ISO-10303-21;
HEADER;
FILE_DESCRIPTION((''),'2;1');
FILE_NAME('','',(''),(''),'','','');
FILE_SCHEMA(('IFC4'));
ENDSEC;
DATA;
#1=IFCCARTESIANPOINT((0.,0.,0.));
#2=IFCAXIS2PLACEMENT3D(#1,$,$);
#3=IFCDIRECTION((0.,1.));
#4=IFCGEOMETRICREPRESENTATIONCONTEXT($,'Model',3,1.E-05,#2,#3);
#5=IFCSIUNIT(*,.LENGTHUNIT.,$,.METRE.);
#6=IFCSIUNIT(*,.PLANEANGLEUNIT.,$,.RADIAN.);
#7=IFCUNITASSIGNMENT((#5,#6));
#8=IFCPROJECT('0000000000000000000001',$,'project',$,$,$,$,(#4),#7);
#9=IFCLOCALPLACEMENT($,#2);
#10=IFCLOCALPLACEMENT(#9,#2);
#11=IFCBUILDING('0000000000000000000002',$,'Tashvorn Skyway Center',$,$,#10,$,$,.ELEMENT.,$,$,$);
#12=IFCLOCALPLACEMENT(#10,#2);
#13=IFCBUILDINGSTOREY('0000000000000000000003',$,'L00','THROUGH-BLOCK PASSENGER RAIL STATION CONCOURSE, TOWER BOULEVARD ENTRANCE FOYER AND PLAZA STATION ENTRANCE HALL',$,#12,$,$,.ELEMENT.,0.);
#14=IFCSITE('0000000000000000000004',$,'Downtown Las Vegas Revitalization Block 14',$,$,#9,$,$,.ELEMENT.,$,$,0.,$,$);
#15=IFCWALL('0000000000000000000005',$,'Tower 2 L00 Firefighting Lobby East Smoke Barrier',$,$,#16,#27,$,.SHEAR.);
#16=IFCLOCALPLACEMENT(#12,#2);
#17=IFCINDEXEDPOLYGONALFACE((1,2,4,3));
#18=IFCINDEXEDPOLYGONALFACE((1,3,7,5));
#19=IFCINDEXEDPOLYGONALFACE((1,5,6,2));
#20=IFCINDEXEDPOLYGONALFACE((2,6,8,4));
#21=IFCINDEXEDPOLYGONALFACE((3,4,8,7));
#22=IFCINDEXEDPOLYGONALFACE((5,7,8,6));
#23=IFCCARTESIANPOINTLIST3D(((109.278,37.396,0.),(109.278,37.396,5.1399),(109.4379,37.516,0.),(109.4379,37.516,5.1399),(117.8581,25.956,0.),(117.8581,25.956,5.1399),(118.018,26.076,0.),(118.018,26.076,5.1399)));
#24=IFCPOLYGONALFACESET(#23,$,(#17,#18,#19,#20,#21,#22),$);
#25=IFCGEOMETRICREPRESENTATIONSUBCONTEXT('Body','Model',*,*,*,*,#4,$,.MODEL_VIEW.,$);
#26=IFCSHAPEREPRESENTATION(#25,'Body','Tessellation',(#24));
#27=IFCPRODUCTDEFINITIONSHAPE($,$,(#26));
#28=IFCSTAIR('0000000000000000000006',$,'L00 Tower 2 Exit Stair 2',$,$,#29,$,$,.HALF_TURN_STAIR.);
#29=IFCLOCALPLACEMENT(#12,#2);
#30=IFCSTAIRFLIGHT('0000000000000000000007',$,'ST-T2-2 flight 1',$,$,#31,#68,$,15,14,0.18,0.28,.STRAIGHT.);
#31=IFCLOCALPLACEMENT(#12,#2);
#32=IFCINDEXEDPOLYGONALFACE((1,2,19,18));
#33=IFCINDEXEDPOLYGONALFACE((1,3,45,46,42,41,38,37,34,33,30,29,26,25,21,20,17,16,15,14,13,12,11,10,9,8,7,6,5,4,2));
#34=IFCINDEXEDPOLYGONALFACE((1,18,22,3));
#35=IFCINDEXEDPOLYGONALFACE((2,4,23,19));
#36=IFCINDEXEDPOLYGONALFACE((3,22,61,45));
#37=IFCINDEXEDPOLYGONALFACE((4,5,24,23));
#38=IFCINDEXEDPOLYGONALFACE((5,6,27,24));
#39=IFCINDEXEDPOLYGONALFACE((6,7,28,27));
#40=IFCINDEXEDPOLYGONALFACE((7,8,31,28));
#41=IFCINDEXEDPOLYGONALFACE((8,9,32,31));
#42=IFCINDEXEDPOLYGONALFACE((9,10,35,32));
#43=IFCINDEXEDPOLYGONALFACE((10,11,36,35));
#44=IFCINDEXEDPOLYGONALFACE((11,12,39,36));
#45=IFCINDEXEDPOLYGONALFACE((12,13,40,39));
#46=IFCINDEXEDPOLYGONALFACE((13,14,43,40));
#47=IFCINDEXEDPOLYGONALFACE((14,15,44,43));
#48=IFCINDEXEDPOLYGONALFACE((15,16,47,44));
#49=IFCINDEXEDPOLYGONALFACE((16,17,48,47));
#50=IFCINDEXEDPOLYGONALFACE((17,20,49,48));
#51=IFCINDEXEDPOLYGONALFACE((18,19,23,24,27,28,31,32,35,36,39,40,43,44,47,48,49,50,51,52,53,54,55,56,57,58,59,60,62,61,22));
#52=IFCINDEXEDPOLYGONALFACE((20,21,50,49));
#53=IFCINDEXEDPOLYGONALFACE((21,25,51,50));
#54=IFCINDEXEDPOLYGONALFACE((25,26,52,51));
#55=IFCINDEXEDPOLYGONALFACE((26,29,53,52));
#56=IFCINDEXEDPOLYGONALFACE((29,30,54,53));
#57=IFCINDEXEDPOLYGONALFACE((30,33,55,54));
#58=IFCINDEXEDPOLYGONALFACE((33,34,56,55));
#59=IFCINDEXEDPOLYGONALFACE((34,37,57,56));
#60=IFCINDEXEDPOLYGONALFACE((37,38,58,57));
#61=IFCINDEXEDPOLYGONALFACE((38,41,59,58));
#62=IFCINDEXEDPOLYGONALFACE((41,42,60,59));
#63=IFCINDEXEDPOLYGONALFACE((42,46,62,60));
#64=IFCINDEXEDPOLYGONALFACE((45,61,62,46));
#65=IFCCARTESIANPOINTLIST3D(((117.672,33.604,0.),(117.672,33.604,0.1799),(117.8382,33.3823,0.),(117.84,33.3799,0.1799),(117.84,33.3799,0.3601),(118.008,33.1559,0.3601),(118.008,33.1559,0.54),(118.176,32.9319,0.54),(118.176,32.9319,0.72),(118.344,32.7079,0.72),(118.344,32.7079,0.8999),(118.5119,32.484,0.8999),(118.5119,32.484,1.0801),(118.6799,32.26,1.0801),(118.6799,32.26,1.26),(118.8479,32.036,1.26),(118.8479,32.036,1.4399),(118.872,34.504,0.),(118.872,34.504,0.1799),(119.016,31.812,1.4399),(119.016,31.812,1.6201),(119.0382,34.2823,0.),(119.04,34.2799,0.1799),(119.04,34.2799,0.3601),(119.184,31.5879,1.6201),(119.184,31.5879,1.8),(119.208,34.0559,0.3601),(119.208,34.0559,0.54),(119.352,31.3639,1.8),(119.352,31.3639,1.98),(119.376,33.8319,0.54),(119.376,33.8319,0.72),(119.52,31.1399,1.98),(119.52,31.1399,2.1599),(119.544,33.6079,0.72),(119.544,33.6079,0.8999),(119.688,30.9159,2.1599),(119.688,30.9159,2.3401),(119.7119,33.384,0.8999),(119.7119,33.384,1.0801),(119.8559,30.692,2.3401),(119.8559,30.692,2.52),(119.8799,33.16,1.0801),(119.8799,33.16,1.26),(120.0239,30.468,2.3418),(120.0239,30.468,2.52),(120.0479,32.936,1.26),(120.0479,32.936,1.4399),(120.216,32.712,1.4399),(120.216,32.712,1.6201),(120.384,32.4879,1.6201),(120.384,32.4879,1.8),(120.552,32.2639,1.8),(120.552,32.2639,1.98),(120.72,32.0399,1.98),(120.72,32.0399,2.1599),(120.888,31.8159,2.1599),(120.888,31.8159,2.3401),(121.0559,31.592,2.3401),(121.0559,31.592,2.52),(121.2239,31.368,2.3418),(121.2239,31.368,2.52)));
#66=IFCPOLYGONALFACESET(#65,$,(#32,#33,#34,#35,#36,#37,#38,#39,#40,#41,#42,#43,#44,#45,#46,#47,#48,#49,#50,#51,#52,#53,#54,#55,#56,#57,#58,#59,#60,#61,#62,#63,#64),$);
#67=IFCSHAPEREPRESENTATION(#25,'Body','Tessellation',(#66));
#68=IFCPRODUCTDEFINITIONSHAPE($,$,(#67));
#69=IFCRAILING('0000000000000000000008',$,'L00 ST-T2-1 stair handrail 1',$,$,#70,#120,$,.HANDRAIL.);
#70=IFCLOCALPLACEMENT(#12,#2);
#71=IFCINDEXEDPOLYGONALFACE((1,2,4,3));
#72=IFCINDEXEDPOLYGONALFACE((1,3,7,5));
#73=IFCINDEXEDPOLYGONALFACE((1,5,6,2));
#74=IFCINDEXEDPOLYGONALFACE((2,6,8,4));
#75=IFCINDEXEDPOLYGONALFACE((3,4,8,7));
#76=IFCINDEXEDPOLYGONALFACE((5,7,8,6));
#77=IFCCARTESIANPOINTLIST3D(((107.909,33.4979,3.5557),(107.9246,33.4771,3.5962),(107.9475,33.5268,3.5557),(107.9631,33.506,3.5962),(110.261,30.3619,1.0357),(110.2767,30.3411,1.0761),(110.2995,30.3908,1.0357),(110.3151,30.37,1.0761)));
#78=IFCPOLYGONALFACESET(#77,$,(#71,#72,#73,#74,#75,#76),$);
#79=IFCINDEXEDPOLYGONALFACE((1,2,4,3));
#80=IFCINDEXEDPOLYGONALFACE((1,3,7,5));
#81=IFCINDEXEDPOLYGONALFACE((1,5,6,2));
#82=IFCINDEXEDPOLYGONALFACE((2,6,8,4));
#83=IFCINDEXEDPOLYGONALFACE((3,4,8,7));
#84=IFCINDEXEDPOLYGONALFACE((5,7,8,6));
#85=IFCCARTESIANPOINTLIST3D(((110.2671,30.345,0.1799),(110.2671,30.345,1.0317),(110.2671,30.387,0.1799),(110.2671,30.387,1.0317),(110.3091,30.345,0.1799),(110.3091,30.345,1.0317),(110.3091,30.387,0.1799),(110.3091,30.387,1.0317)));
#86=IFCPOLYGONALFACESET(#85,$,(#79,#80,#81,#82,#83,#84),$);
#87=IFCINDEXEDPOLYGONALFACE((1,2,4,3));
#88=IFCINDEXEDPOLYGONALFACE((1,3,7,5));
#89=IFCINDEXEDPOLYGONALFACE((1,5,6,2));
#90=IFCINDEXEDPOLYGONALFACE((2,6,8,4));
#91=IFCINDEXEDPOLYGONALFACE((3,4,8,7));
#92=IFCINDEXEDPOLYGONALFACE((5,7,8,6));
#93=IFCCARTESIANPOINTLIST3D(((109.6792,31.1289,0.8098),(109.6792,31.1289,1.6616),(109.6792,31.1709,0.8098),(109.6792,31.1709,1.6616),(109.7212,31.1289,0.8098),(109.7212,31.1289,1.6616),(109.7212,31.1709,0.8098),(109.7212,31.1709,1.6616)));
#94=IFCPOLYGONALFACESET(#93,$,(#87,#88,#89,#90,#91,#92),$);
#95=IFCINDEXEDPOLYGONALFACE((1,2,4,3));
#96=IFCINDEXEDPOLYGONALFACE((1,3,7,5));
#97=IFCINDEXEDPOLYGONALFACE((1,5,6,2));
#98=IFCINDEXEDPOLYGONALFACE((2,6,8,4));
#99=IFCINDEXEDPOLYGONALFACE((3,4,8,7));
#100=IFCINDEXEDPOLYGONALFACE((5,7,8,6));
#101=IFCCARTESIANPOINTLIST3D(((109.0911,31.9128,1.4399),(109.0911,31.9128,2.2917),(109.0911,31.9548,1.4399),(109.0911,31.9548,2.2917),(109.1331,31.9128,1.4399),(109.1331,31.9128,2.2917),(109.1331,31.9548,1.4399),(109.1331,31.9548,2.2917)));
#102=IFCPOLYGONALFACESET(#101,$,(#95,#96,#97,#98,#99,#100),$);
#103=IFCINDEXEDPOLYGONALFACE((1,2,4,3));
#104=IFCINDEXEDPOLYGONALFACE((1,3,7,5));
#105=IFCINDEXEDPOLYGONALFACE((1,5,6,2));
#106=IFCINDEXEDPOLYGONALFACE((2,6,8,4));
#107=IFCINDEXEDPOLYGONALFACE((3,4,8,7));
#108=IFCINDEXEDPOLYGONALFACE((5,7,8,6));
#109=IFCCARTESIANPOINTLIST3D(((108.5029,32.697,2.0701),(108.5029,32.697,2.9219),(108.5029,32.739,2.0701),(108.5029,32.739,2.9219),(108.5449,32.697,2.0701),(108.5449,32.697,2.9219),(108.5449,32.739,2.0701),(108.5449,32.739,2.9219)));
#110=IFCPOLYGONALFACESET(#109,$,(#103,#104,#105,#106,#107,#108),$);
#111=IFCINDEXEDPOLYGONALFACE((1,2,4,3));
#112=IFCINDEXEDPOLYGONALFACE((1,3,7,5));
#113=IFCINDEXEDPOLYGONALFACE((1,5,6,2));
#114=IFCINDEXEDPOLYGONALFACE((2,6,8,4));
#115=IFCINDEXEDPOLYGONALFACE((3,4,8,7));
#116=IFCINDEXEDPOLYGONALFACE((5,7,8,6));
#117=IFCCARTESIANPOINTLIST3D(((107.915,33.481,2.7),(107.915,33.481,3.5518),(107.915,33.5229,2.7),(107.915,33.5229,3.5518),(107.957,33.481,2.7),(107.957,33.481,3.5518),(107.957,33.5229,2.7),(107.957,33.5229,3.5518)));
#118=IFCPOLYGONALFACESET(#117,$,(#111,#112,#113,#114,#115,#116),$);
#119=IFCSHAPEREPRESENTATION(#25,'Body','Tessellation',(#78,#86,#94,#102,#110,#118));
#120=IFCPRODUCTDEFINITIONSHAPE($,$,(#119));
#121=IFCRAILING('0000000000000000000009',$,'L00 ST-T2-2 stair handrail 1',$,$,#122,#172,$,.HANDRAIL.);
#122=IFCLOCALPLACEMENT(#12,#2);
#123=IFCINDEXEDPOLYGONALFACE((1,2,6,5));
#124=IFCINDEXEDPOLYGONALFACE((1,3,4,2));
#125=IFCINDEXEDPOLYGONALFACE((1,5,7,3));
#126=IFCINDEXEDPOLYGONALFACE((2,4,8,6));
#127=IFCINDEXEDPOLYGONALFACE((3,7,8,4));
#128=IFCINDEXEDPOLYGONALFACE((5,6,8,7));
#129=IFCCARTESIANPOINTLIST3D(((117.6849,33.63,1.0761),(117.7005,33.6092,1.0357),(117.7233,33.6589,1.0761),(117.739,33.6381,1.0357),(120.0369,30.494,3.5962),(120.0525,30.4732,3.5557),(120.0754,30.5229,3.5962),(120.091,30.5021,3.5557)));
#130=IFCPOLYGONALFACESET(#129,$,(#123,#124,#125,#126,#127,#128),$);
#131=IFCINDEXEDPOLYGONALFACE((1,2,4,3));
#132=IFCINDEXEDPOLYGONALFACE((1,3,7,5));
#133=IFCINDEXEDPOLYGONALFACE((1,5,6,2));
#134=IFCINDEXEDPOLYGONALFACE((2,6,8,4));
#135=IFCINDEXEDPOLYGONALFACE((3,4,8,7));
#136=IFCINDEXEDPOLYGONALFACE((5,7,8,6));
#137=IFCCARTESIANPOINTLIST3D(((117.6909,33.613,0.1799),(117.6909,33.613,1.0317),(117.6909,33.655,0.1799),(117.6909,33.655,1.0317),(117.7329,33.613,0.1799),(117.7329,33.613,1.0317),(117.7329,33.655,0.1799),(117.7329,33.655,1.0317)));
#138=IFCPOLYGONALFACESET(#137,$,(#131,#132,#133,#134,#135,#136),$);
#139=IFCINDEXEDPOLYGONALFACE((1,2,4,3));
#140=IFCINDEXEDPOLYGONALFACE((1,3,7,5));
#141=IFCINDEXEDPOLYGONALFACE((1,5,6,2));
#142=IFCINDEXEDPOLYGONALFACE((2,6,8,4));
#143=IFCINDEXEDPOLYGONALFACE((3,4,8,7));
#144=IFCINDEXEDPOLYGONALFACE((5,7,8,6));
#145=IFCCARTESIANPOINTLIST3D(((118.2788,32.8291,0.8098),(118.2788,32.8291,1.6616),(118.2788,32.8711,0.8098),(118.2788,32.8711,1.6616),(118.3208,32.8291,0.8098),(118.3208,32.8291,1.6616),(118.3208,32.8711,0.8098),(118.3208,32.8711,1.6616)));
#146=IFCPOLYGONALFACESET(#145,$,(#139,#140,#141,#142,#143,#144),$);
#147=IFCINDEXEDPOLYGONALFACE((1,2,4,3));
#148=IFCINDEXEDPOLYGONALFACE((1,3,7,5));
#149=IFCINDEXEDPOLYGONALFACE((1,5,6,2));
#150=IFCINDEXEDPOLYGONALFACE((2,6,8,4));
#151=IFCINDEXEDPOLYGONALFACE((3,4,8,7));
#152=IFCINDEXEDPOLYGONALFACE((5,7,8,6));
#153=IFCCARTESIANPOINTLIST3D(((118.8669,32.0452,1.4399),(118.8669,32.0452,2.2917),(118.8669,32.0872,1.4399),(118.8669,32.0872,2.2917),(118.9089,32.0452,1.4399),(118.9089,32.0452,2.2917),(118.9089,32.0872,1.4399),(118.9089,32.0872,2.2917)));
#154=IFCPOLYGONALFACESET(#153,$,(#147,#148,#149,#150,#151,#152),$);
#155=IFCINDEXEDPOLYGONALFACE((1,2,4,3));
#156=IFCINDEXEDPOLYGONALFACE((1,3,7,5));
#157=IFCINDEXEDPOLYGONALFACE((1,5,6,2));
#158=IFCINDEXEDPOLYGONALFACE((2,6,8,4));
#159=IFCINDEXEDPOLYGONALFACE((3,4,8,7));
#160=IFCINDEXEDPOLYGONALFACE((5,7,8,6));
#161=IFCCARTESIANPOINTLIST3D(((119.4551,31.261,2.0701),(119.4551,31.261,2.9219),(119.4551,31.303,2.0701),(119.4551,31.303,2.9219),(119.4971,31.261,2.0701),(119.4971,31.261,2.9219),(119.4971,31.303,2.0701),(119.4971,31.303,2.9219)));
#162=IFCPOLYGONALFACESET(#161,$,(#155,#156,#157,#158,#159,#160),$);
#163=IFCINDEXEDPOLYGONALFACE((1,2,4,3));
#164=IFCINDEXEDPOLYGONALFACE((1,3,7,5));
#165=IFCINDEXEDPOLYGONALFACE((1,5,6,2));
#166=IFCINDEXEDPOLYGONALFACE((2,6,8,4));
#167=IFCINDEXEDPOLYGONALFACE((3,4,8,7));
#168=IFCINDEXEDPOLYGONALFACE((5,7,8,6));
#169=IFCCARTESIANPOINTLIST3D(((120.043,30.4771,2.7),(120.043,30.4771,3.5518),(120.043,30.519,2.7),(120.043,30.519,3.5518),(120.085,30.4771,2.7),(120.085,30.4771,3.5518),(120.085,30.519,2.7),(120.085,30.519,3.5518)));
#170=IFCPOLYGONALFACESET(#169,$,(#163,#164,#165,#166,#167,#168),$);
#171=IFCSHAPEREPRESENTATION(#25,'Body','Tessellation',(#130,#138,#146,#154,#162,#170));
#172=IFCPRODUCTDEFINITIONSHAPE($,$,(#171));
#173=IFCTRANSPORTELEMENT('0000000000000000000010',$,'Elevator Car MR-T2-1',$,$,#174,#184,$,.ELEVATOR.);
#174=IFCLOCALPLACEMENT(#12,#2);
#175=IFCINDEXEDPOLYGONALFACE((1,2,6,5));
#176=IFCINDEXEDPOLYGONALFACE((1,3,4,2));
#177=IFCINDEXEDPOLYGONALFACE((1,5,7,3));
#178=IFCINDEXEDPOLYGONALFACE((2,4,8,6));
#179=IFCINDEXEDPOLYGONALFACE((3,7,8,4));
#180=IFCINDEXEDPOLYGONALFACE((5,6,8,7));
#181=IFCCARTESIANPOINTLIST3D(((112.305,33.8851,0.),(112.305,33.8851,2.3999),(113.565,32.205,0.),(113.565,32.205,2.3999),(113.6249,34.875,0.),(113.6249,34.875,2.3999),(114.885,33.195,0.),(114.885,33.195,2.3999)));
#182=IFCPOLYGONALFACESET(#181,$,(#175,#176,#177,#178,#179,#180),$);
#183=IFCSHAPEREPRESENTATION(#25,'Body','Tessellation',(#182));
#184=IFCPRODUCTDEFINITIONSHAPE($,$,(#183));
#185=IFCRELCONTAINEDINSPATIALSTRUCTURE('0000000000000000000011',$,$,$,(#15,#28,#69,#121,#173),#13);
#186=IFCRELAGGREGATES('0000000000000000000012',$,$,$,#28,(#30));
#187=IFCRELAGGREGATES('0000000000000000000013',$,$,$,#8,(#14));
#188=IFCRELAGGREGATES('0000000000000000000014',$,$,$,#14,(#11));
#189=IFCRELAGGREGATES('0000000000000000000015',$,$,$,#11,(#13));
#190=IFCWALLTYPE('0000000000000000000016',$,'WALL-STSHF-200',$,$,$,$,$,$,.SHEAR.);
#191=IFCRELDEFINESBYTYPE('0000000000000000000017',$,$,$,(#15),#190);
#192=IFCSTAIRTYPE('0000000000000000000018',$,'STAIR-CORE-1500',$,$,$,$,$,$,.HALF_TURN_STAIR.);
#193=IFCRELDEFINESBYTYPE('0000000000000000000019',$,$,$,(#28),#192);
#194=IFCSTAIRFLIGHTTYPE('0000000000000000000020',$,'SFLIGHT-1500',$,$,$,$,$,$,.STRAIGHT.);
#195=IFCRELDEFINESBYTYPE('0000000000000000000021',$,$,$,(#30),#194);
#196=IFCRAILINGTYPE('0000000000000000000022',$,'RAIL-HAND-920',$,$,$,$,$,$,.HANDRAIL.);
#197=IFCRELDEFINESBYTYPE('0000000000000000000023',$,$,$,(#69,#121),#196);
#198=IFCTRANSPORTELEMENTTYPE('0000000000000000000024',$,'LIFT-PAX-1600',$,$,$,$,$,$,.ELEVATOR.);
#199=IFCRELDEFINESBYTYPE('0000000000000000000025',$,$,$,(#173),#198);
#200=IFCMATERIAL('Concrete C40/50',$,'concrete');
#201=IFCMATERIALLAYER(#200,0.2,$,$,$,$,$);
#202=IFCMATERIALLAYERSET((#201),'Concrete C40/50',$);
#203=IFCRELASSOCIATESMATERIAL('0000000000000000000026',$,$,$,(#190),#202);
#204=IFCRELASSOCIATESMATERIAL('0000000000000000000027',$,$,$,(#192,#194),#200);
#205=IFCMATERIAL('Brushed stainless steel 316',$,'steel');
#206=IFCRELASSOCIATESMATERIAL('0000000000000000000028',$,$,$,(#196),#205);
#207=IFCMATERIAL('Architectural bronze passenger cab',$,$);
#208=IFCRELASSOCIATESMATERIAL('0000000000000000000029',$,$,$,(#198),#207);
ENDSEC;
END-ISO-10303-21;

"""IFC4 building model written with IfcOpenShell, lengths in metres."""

from ifc_helpers import new_model, si_unit, direction, frame, frame_2d, origin, origin_2d, place, context, subcontext, project, spatial, polyline, rectangle, outline, extrude, material, layer, layer_set, type_object, element, aggregate, save


model = new_model("IFC4")

# Units and contexts
model_context = context("Model", 3, precision=1e-05, world=origin(), true_north=direction((0.0, 1.0)))
body_context = subcontext(model_context, "Body", "Model", "MODEL_VIEW")
ifc_project = project(units=[si_unit("LENGTHUNIT", "METRE"), si_unit("PLANEANGLEUNIT", "RADIAN")], contexts=[model_context])

# Site, building, storey
site_placement = place(None, origin())
site = spatial("IfcSite", under=ifc_project, at=site_placement, Name="Downtown Las Vegas Revitalization Block 14", CompositionType="ELEMENT", RefElevation=0.0)
building_placement = place(site_placement, origin())
building = spatial("IfcBuilding", under=site, at=building_placement, Name="Tashvorn Skyway Center", CompositionType="ELEMENT")
storey_placement = place(building_placement, origin())
storey = spatial("IfcBuildingStorey", under=building, at=storey_placement, Name="L00", Description="THROUGH-BLOCK PASSENGER RAIL STATION CONCOURSE, TOWER BOULEVARD ENTRANCE FOYER AND PLAZA STATION ENTRANCE HALL", CompositionType="ELEMENT", Elevation=0.0)

# Shared definitions
ifc_material_1 = material(Name="Concrete C40/50", Category="concrete")

# Wall
ifc_layer_1 = layer(ifc_material_1, 0.2)
ifc_layer_set_1 = layer_set([ifc_layer_1], Name="Concrete C40/50")
wall_type_1 = type_object("IfcWallType", Name="WALL-STSHF-200", PredefinedType="SHEAR", material=ifc_layer_set_1)
wall_1_placement = place(storey_placement, frame((117.938, 26.0161, 0.0), z_axis=(0.0, 0.0, 1.0), x_axis=(-0.600005, 0.799996, 0.0)))
element("IfcWall", 1, at=wall_1_placement, inside=storey, type_object=wall_type_1, Name="Tower 2 L00 Firefighting Lobby East Smoke Barrier", PredefinedType="SHEAR", context=body_context, shape_type="SweptSolid", body=[
    extrude(rectangle(XDim=14.3, YDim=0.2, at=frame_2d((7.1499, 0.0))), origin(), (0.0, 0.0, 1.0), 5.1399),
])

# Stair, stair flight
stair_type = type_object("IfcStairType", Name="STAIR-CORE-1500", PredefinedType="HALF_TURN_STAIR", material=ifc_material_1)
stair_placement = place(storey_placement, origin())
stair = element("IfcStair", 2, at=stair_placement, inside=storey, type_object=stair_type, Name="L00 Tower 2 Exit Stair 2", PredefinedType="HALF_TURN_STAIR")
stair_flight_type = type_object("IfcStairFlightType", Name="SFLIGHT-1500", PredefinedType="STRAIGHT", material=ifc_material_1)
stair_flight_placement = place(storey_placement, frame((118.272, 34.054, 0.0), z_axis=(0.0, 0.0, 1.0), x_axis=(0.6, -0.8, 0.0)))
stair_flight = element("IfcStairFlight", 3, at=stair_flight_placement, type_object=stair_flight_type, Name="ST-T2-2 flight 1", NumberOfRisers=15, NumberOfTreads=14, PredefinedType="STRAIGHT", RiserHeight=0.18, TreadLength=0.28, context=body_context, shape_type="SweptSolid", body=[
    extrude(outline(polyline([(0.0, 0.0), (0.0, 0.1799), (0.28, 0.1799), (0.28, 0.3601), (0.5601, 0.3601), (0.5601, 0.54), (0.8401, 0.54), (0.8401, 0.72), (1.1201, 0.72), (1.1201, 0.8999), (1.3999, 0.8999), (1.3999, 1.0801), (1.6799, 1.0801), (1.6799, 1.26), (1.96, 1.26), (1.96, 1.4399), (2.24, 1.4399), (2.24, 1.6201), (2.52, 1.6201), (2.52, 1.8), (2.8, 1.8), (2.8, 1.98), (3.0801, 1.98), (3.0801, 2.1599), (3.3601, 2.1599), (3.3601, 2.3401), (3.6399, 2.3401), (3.6399, 2.52), (3.9199, 2.52), (3.9199, 2.7), (3.9199, 2.3418), (0.2771, 0.0), (0.0, 0.0)])), frame((0.0, 0.75, 0.0), z_axis=(0.0, -1.0, 0.0), x_axis=(1.0, 0.0, 0.0)), (0.0, 0.0, 1.0), 1.5),
])
aggregate(stair, [stair_flight])

# Railings
ifc_material_2 = material(Name="Brushed stainless steel 316", Category="steel")
railing_type = type_object("IfcRailingType", Name="RAIL-HAND-920", PredefinedType="HANDRAIL", material=ifc_material_2)
railing_1_placement = place(storey_placement, frame((110.2881, 30.366, 0.1799)))
element("IfcRailing", 4, at=railing_1_placement, inside=storey, type_object=railing_type, Name="L00 ST-T2-1 stair handrail 1", PredefinedType="HANDRAIL", context=body_context, shape_type="SweptSolid", body=[
    extrude(rectangle(XDim=0.0481, YDim=0.0481, at=origin_2d()), frame((0.0, 0.0, 0.876), z_axis=(-0.504715, 0.672936, 0.540759), x_axis=(-0.799993, -0.60001, 0.0)), (0.0, 0.0, 1.0), 4.6602),
    extrude(rectangle(XDim=0.042, YDim=0.042, at=origin_2d()), origin(), (0.0, 0.0, 1.0), 0.8518),
    extrude(rectangle(XDim=0.042, YDim=0.042, at=origin_2d()), frame((-0.5879, 0.7839, 0.6299)), (0.0, 0.0, 1.0), 0.8518),
    extrude(rectangle(XDim=0.042, YDim=0.042, at=origin_2d()), frame((-1.176, 1.5679, 1.26)), (0.0, 0.0, 1.0), 0.8518),
    extrude(rectangle(XDim=0.042, YDim=0.042, at=origin_2d()), frame((-1.7642, 2.3521, 1.8901)), (0.0, 0.0, 1.0), 0.8518),
    extrude(rectangle(XDim=0.042, YDim=0.042, at=origin_2d()), frame((-2.3521, 3.136, 2.52)), (0.0, 0.0, 1.0), 0.8518),
])
railing_2_placement = place(storey_placement, frame((117.7119, 33.634, 0.1799)))
element("IfcRailing", 5, at=railing_2_placement, inside=storey, type_object=railing_type, Name="L00 ST-T2-2 stair handrail 1", PredefinedType="HANDRAIL", context=body_context, shape_type="SweptSolid", body=[
    extrude(rectangle(XDim=0.0481, YDim=0.0481, at=origin_2d()), frame((0.0, 0.0, 0.876), z_axis=(0.504715, -0.672936, 0.540759), x_axis=(0.799993, 0.60001, 0.0)), (0.0, 0.0, 1.0), 4.6602),
    extrude(rectangle(XDim=0.042, YDim=0.042, at=origin_2d()), origin(), (0.0, 0.0, 1.0), 0.8518),
    extrude(rectangle(XDim=0.042, YDim=0.042, at=origin_2d()), frame((0.5879, -0.7839, 0.6299)), (0.0, 0.0, 1.0), 0.8518),
    extrude(rectangle(XDim=0.042, YDim=0.042, at=origin_2d()), frame((1.176, -1.5679, 1.26)), (0.0, 0.0, 1.0), 0.8518),
    extrude(rectangle(XDim=0.042, YDim=0.042, at=origin_2d()), frame((1.7642, -2.3521, 1.8901)), (0.0, 0.0, 1.0), 0.8518),
    extrude(rectangle(XDim=0.042, YDim=0.042, at=origin_2d()), frame((2.3521, -3.136, 2.52)), (0.0, 0.0, 1.0), 0.8518),
])

# Transport element
ifc_material_3 = material(Name="Architectural bronze passenger cab")
transport_element_type = type_object("IfcTransportElementType", Name="LIFT-PAX-1600", PredefinedType="ELEVATOR", material=ifc_material_3)
transport_element_placement = place(storey_placement, frame((113.595, 33.54, 0.0), z_axis=(0.0, 0.0, 1.0), x_axis=(0.8, 0.6, 0.0)))
element("IfcTransportElement", 6, at=transport_element_placement, inside=storey, type_object=transport_element_type, Name="Elevator Car MR-T2-1", PredefinedType="ELEVATOR", context=body_context, shape_type="SweptSolid", body=[
    extrude(rectangle(XDim=1.6499, YDim=2.1001, at=origin_2d()), origin(), (0.0, 0.0, 1.0), 2.3999),
])

save(model, "model.ifc")
